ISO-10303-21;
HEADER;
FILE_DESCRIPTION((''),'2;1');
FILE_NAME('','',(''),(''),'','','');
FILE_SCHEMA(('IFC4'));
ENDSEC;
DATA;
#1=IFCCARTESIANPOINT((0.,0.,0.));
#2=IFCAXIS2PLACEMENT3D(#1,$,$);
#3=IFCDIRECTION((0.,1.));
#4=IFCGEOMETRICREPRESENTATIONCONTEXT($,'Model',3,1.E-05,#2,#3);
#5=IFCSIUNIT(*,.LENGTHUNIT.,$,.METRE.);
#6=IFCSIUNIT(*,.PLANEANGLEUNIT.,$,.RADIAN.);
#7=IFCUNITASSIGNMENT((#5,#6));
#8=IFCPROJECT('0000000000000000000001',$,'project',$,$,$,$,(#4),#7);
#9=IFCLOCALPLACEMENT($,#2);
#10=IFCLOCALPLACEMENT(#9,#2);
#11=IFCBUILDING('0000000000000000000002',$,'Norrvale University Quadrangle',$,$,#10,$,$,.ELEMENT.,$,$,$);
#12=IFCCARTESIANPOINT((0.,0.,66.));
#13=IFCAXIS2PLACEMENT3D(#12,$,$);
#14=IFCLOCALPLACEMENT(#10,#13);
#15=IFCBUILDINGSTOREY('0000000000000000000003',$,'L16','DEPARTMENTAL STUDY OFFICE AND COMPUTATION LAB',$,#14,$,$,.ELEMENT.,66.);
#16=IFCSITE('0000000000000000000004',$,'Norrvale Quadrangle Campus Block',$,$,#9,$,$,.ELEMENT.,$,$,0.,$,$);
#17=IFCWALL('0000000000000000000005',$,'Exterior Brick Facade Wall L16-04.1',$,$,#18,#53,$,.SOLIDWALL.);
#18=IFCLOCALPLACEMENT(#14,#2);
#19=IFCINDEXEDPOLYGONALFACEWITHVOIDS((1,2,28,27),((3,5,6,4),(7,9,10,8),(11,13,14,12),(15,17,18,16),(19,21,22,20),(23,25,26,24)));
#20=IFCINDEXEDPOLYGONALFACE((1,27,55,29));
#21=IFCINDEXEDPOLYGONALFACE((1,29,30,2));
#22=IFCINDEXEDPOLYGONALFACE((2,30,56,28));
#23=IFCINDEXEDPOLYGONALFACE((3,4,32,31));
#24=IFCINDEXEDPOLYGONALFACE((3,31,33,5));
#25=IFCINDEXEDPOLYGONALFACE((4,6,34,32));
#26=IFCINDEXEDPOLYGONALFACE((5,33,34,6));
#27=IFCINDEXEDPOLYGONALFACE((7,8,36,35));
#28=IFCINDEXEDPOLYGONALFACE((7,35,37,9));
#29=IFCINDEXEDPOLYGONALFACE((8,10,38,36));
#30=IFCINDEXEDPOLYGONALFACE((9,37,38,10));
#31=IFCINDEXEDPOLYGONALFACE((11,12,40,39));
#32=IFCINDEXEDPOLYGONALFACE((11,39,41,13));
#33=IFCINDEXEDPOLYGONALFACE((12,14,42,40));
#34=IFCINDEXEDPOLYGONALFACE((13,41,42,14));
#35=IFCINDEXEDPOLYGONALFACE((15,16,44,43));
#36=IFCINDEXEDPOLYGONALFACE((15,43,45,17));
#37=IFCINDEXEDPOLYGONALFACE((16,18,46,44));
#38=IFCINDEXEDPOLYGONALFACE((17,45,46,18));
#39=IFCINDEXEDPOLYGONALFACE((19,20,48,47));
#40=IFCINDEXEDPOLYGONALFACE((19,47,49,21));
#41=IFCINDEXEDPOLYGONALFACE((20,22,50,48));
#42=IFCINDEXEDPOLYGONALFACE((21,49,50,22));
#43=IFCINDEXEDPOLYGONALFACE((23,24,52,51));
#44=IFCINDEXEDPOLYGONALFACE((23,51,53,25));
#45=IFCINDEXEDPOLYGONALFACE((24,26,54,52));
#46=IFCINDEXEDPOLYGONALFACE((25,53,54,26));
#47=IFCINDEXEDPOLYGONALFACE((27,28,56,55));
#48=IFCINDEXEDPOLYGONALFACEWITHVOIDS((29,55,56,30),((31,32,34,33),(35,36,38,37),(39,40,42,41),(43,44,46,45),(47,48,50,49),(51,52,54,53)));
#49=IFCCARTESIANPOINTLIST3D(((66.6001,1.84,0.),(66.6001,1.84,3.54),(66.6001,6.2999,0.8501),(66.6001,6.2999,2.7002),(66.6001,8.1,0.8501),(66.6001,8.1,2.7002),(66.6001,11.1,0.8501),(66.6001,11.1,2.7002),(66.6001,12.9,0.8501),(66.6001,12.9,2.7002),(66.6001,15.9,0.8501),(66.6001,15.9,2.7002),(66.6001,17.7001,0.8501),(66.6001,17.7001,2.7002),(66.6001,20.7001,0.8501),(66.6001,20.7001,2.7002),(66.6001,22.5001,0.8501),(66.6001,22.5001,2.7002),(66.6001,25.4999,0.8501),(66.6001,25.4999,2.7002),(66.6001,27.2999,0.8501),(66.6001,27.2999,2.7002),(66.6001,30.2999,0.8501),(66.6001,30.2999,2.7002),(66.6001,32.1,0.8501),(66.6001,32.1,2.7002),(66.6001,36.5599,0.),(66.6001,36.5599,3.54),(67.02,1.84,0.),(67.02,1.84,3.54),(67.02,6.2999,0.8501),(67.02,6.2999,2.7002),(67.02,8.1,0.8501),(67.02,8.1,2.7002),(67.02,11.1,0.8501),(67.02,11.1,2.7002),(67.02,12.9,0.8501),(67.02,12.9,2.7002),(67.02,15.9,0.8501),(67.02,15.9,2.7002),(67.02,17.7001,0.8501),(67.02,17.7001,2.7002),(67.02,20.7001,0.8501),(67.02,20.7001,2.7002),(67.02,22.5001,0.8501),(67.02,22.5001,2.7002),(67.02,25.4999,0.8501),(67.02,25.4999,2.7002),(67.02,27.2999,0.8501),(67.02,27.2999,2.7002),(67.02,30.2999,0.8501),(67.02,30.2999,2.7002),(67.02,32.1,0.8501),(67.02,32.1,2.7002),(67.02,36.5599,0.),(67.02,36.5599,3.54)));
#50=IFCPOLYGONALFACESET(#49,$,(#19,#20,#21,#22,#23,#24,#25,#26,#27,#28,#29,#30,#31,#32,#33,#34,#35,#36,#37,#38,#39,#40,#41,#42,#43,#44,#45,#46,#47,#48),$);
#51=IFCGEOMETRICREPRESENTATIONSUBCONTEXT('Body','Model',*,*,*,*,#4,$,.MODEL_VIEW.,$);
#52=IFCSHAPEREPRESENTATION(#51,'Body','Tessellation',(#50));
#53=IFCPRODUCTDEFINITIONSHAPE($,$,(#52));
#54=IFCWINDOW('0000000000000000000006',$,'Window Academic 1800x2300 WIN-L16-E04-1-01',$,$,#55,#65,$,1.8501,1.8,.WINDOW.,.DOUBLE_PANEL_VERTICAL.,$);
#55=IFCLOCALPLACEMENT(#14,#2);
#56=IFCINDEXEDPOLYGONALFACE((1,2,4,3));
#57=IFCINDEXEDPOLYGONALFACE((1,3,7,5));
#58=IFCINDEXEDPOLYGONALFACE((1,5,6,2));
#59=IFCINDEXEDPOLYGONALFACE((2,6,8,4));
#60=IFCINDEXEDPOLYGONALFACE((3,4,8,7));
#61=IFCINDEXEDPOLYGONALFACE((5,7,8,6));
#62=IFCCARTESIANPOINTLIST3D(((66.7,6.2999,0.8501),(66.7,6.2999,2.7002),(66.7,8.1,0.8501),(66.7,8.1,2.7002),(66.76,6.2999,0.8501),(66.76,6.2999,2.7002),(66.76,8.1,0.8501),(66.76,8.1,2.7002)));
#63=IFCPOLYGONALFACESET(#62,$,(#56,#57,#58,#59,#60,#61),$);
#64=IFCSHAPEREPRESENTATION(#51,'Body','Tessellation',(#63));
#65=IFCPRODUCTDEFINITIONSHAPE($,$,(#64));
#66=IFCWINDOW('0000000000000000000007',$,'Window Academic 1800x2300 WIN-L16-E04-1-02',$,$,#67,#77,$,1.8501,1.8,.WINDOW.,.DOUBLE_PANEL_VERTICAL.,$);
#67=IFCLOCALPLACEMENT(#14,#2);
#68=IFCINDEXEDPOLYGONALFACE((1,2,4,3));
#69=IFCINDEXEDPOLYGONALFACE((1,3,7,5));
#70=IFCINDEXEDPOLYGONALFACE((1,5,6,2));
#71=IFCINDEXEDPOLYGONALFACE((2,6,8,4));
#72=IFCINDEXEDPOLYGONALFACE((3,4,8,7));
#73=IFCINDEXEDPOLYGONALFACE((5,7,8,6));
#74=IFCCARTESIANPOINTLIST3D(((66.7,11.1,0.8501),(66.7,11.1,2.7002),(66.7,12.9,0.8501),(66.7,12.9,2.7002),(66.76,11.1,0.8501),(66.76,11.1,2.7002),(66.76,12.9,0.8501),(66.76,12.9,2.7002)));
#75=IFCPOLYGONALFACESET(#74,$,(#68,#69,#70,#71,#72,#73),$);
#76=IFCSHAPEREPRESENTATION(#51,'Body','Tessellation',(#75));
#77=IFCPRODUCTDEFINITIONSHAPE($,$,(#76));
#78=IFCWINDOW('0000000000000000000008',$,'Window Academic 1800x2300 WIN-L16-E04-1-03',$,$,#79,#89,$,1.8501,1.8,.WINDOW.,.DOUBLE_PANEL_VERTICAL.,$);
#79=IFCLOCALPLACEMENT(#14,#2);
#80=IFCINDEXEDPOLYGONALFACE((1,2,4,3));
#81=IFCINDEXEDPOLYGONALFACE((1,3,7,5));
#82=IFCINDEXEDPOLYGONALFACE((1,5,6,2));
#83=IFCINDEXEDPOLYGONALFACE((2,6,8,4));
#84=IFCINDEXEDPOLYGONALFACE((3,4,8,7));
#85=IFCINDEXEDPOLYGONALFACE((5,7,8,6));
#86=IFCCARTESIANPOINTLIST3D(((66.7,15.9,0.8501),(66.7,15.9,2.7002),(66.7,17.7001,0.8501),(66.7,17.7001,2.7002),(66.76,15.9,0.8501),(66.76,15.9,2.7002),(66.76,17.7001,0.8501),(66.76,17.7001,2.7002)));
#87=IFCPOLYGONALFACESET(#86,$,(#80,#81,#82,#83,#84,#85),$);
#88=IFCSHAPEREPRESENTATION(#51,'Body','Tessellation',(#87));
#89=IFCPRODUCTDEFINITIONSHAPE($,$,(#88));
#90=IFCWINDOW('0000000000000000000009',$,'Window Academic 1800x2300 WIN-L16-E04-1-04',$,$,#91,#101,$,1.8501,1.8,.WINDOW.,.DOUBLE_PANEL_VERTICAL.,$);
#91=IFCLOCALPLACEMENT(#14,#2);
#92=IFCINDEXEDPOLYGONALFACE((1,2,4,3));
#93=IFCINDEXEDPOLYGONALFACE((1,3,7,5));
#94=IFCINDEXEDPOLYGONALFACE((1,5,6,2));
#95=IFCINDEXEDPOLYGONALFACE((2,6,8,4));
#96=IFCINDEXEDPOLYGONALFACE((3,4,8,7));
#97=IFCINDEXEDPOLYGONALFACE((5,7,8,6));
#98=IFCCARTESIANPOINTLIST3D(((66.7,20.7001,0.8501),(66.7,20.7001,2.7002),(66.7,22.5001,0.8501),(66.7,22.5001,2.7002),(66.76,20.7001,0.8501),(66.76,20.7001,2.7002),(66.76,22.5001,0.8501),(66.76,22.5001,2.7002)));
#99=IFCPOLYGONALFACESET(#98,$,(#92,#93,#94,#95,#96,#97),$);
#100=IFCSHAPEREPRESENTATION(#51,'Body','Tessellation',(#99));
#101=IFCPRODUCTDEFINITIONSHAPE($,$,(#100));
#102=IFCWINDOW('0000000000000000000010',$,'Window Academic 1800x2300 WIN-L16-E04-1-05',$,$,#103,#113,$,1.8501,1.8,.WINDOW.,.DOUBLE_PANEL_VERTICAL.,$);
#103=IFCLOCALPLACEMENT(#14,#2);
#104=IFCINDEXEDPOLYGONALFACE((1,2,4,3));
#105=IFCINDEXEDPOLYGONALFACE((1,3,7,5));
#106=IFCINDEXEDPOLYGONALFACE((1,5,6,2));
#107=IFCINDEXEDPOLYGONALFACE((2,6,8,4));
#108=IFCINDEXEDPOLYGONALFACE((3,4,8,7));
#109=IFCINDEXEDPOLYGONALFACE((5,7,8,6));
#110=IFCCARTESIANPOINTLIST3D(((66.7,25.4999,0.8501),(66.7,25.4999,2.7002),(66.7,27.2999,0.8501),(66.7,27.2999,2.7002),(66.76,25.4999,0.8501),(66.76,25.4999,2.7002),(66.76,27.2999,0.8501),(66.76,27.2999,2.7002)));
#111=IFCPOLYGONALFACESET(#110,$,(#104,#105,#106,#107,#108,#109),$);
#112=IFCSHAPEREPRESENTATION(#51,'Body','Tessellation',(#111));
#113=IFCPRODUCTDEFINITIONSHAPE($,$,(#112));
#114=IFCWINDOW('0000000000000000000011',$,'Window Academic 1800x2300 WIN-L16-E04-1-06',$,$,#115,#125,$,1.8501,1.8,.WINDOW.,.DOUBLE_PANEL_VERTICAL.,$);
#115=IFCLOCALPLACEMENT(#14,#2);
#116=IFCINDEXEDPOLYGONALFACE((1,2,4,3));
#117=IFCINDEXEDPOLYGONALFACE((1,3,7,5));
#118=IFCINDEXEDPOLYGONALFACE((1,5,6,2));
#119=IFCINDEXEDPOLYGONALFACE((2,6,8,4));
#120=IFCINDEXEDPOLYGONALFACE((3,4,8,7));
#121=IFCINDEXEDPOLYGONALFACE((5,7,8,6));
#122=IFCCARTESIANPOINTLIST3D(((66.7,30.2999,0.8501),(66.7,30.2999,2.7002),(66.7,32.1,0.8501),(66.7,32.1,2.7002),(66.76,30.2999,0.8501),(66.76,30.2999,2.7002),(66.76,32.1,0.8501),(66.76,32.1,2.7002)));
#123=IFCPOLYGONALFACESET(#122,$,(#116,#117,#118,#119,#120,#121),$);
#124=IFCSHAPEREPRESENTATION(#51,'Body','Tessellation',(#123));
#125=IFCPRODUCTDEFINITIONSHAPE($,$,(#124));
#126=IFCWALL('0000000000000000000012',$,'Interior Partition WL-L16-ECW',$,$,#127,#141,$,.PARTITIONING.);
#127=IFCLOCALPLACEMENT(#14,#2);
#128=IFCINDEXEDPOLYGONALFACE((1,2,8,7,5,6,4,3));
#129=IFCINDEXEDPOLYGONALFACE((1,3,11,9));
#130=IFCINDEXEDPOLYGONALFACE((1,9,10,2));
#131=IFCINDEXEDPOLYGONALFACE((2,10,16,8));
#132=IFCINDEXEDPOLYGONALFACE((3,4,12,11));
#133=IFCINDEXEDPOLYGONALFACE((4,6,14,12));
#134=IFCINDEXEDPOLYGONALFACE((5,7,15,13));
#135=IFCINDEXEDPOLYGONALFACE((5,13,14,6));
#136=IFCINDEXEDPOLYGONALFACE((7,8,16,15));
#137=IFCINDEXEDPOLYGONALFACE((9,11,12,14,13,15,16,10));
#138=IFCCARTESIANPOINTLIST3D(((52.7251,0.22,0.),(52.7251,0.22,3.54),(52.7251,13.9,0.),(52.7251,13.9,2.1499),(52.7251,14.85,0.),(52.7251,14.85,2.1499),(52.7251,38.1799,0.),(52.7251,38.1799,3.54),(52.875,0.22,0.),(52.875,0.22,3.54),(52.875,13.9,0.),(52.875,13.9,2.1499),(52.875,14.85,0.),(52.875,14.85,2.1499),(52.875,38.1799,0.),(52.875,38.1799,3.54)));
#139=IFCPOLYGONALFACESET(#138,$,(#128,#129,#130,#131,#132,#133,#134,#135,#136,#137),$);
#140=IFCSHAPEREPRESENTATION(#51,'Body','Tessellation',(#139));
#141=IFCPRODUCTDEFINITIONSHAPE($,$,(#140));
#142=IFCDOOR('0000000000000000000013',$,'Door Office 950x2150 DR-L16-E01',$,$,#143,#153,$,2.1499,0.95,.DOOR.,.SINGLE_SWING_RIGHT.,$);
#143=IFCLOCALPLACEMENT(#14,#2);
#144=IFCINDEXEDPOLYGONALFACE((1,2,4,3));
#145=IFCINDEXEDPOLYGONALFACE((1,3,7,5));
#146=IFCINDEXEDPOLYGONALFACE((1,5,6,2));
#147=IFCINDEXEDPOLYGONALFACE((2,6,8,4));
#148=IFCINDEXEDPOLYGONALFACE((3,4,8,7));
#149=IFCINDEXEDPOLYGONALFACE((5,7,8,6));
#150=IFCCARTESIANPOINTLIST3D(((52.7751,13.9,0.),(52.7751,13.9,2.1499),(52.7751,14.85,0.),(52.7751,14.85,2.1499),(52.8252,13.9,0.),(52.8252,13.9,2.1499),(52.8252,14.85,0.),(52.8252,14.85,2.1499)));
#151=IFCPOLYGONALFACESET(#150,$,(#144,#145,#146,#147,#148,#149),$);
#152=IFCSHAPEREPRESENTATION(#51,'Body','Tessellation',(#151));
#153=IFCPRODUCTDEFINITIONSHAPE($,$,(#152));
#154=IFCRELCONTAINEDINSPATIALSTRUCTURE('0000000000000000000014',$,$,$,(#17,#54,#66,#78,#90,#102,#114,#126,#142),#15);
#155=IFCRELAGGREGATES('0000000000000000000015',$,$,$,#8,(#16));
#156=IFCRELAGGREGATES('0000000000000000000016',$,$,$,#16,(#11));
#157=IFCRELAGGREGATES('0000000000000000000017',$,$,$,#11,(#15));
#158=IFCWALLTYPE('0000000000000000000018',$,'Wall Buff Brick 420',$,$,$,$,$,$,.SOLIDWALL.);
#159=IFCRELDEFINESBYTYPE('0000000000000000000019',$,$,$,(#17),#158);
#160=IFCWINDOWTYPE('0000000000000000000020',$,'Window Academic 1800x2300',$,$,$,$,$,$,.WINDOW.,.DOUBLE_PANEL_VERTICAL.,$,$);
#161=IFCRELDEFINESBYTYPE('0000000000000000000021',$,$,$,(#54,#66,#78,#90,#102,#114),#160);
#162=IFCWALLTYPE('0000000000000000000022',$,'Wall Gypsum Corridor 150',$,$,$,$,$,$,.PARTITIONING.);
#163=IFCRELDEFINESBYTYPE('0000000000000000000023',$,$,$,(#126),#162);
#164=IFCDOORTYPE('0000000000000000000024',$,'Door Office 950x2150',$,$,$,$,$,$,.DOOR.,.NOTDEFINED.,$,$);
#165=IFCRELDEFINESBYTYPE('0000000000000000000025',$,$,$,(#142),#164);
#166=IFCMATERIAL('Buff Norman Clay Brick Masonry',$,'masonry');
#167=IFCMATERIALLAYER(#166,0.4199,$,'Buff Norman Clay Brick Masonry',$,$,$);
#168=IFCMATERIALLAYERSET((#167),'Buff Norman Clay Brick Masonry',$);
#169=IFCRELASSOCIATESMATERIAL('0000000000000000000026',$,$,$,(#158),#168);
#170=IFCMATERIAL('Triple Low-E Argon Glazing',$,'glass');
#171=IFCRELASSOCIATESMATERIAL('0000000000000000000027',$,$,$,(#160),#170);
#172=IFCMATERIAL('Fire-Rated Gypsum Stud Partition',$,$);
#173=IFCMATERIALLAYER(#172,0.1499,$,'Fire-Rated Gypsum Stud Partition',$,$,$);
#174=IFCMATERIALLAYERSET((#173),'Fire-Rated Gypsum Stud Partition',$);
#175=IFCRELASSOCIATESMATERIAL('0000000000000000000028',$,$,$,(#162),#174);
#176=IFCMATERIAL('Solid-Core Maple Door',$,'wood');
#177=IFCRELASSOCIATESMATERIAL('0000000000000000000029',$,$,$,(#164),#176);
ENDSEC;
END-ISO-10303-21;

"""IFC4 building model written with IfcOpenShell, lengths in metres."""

from ifc_helpers import new_model, si_unit, direction, frame, frame_2d, origin, place, context, subcontext, project, spatial, rectangle, extrude, material, layer, layer_set, type_object, element, fill, save


model = new_model("IFC4")

# Units and contexts
model_context = context("Model", 3, precision=1e-05, world=origin(), true_north=direction((0.0, 1.0)))
body_context = subcontext(model_context, "Body", "Model", "MODEL_VIEW")
ifc_project = project(units=[si_unit("LENGTHUNIT", "METRE"), si_unit("PLANEANGLEUNIT", "RADIAN")], contexts=[model_context])

# Site, building, storey
site_placement = place(None, origin())
site = spatial("IfcSite", under=ifc_project, at=site_placement, Name="Norrvale Quadrangle Campus Block", CompositionType="ELEMENT", RefElevation=0.0)
building_placement = place(site_placement, origin())
building = spatial("IfcBuilding", under=site, at=building_placement, Name="Norrvale University Quadrangle", CompositionType="ELEMENT")
storey_placement = place(building_placement, frame((0.0, 0.0, 66.0)))
storey = spatial("IfcBuildingStorey", under=building, at=storey_placement, Name="L16", Description="DEPARTMENTAL STUDY OFFICE AND COMPUTATION LAB", CompositionType="ELEMENT", Elevation=66.0)

# Shared definitions
ifc_material_1 = material(Name="Buff Norman Clay Brick Masonry", Category="masonry")
ifc_layer_1 = layer(ifc_material_1, 0.4199, Name="Buff Norman Clay Brick Masonry")
ifc_layer_set_1 = layer_set([ifc_layer_1], Name="Buff Norman Clay Brick Masonry")
wall_type_1 = type_object("IfcWallType", Name="Wall Buff Brick 420", PredefinedType="SOLIDWALL", material=ifc_layer_set_1)

# Wall, openings, windows
wall_1_placement = place(storey_placement, frame((66.8101, 1.8401, 0.0), z_axis=(0.0, 0.0, 1.0), x_axis=(0.0, 1.0, 0.0)))
wall_1 = element("IfcWall", 1, at=wall_1_placement, inside=storey, type_object=wall_type_1, Name="Exterior Brick Facade Wall L16-04.1", PredefinedType="SOLIDWALL", context=body_context, shape_type="SweptSolid", body=[
    extrude(rectangle(XDim=34.72, YDim=0.4199, at=frame_2d((17.3599, 0.0))), origin(), (0.0, 0.0, 1.0), 3.54),
])
opening_1_placement = place(wall_1_placement, frame((4.46, 0.0, 0.8501)))
opening_1 = element("IfcOpeningElement", 2, at=opening_1_placement, cuts=wall_1, PredefinedType="OPENING", context=body_context, shape_type="SweptSolid", body=[
    extrude(rectangle(XDim=1.8, YDim=1.8501, at=frame_2d((0.8999, 0.925))), frame((0.0, 0.2219, 0.0), z_axis=(0.0, -1.0, 0.0), x_axis=(1.0, 0.0, 0.0)), (0.0, 0.0, 1.0), 0.4438),
])
opening_2_placement = place(wall_1_placement, frame((9.26, 0.0, 0.8501)))
opening_2 = element("IfcOpeningElement", 3, at=opening_2_placement, cuts=wall_1, PredefinedType="OPENING", context=body_context, shape_type="SweptSolid", body=[
    extrude(rectangle(XDim=1.8, YDim=1.8501, at=frame_2d((0.8999, 0.925))), frame((0.0, 0.2219, 0.0), z_axis=(0.0, -1.0, 0.0), x_axis=(1.0, 0.0, 0.0)), (0.0, 0.0, 1.0), 0.4438),
])
opening_3_placement = place(wall_1_placement, frame((14.0601, 0.0, 0.8501)))
opening_3 = element("IfcOpeningElement", 4, at=opening_3_placement, cuts=wall_1, PredefinedType="OPENING", context=body_context, shape_type="SweptSolid", body=[
    extrude(rectangle(XDim=1.8, YDim=1.8501, at=frame_2d((0.8999, 0.925))), frame((0.0, 0.2219, 0.0), z_axis=(0.0, -1.0, 0.0), x_axis=(1.0, 0.0, 0.0)), (0.0, 0.0, 1.0), 0.4438),
])
opening_4_placement = place(wall_1_placement, frame((18.8601, 0.0, 0.8501)))
opening_4 = element("IfcOpeningElement", 5, at=opening_4_placement, cuts=wall_1, PredefinedType="OPENING", context=body_context, shape_type="SweptSolid", body=[
    extrude(rectangle(XDim=1.8, YDim=1.8501, at=frame_2d((0.8999, 0.925))), frame((0.0, 0.2219, 0.0), z_axis=(0.0, -1.0, 0.0), x_axis=(1.0, 0.0, 0.0)), (0.0, 0.0, 1.0), 0.4438),
])
opening_5_placement = place(wall_1_placement, frame((23.6599, 0.0, 0.8501)))
opening_5 = element("IfcOpeningElement", 6, at=opening_5_placement, cuts=wall_1, PredefinedType="OPENING", context=body_context, shape_type="SweptSolid", body=[
    extrude(rectangle(XDim=1.8, YDim=1.8501, at=frame_2d((0.8999, 0.925))), frame((0.0, 0.2219, 0.0), z_axis=(0.0, -1.0, 0.0), x_axis=(1.0, 0.0, 0.0)), (0.0, 0.0, 1.0), 0.4438),
])
opening_6_placement = place(wall_1_placement, frame((28.46, 0.0, 0.8501)))
opening_6 = element("IfcOpeningElement", 7, at=opening_6_placement, cuts=wall_1, PredefinedType="OPENING", context=body_context, shape_type="SweptSolid", body=[
    extrude(rectangle(XDim=1.8, YDim=1.8501, at=frame_2d((0.8999, 0.925))), frame((0.0, 0.2219, 0.0), z_axis=(0.0, -1.0, 0.0), x_axis=(1.0, 0.0, 0.0)), (0.0, 0.0, 1.0), 0.4438),
])
ifc_material_2 = material(Name="Triple Low-E Argon Glazing", Category="glass")
window_type = type_object("IfcWindowType", Name="Window Academic 1800x2300", PartitioningType="DOUBLE_PANEL_VERTICAL", PredefinedType="WINDOW", material=ifc_material_2)
window_1_placement = place(opening_1_placement, origin())
window_1 = element("IfcWindow", 8, at=window_1_placement, inside=storey, type_object=window_type, Name="Window Academic 1800x2300 WIN-L16-E04-1-01", OverallHeight=1.8501, OverallWidth=1.8, PartitioningType="DOUBLE_PANEL_VERTICAL", PredefinedType="WINDOW", context=body_context, shape_type="SweptSolid", body=[
    extrude(rectangle(XDim=1.8, YDim=1.8501, at=frame_2d((0.8999, 0.925))), frame((0.0, 0.1101, 0.0), z_axis=(0.0, -1.0, 0.0), x_axis=(1.0, 0.0, 0.0)), (0.0, 0.0, 1.0), 0.0601),
])
fill(opening_1, window_1)
window_2_placement = place(opening_2_placement, origin())
window_2 = element("IfcWindow", 9, at=window_2_placement, inside=storey, type_object=window_type, Name="Window Academic 1800x2300 WIN-L16-E04-1-02", OverallHeight=1.8501, OverallWidth=1.8, PartitioningType="DOUBLE_PANEL_VERTICAL", PredefinedType="WINDOW", context=body_context, shape_type="SweptSolid", body=[
    extrude(rectangle(XDim=1.8, YDim=1.8501, at=frame_2d((0.8999, 0.925))), frame((0.0, 0.1101, 0.0), z_axis=(0.0, -1.0, 0.0), x_axis=(1.0, 0.0, 0.0)), (0.0, 0.0, 1.0), 0.0601),
])
fill(opening_2, window_2)
window_3_placement = place(opening_3_placement, origin())
window_3 = element("IfcWindow", 10, at=window_3_placement, inside=storey, type_object=window_type, Name="Window Academic 1800x2300 WIN-L16-E04-1-03", OverallHeight=1.8501, OverallWidth=1.8, PartitioningType="DOUBLE_PANEL_VERTICAL", PredefinedType="WINDOW", context=body_context, shape_type="SweptSolid", body=[
    extrude(rectangle(XDim=1.8, YDim=1.8501, at=frame_2d((0.8999, 0.925))), frame((0.0, 0.1101, 0.0), z_axis=(0.0, -1.0, 0.0), x_axis=(1.0, 0.0, 0.0)), (0.0, 0.0, 1.0), 0.0601),
])
fill(opening_3, window_3)
window_4_placement = place(opening_4_placement, origin())
window_4 = element("IfcWindow", 11, at=window_4_placement, inside=storey, type_object=window_type, Name="Window Academic 1800x2300 WIN-L16-E04-1-04", OverallHeight=1.8501, OverallWidth=1.8, PartitioningType="DOUBLE_PANEL_VERTICAL", PredefinedType="WINDOW", context=body_context, shape_type="SweptSolid", body=[
    extrude(rectangle(XDim=1.8, YDim=1.8501, at=frame_2d((0.8999, 0.925))), frame((0.0, 0.1101, 0.0), z_axis=(0.0, -1.0, 0.0), x_axis=(1.0, 0.0, 0.0)), (0.0, 0.0, 1.0), 0.0601),
])
fill(opening_4, window_4)
window_5_placement = place(opening_5_placement, origin())
window_5 = element("IfcWindow", 12, at=window_5_placement, inside=storey, type_object=window_type, Name="Window Academic 1800x2300 WIN-L16-E04-1-05", OverallHeight=1.8501, OverallWidth=1.8, PartitioningType="DOUBLE_PANEL_VERTICAL", PredefinedType="WINDOW", context=body_context, shape_type="SweptSolid", body=[
    extrude(rectangle(XDim=1.8, YDim=1.8501, at=frame_2d((0.8999, 0.925))), frame((0.0, 0.1101, 0.0), z_axis=(0.0, -1.0, 0.0), x_axis=(1.0, 0.0, 0.0)), (0.0, 0.0, 1.0), 0.0601),
])
fill(opening_5, window_5)
window_6_placement = place(opening_6_placement, origin())
window_6 = element("IfcWindow", 13, at=window_6_placement, inside=storey, type_object=window_type, Name="Window Academic 1800x2300 WIN-L16-E04-1-06", OverallHeight=1.8501, OverallWidth=1.8, PartitioningType="DOUBLE_PANEL_VERTICAL", PredefinedType="WINDOW", context=body_context, shape_type="SweptSolid", body=[
    extrude(rectangle(XDim=1.8, YDim=1.8501, at=frame_2d((0.8999, 0.925))), frame((0.0, 0.1101, 0.0), z_axis=(0.0, -1.0, 0.0), x_axis=(1.0, 0.0, 0.0)), (0.0, 0.0, 1.0), 0.0601),
])
fill(opening_6, window_6)

# Wall, opening, door
ifc_material_3 = material(Name="Fire-Rated Gypsum Stud Partition")
ifc_layer_2 = layer(ifc_material_3, 0.1499, Name="Fire-Rated Gypsum Stud Partition")
ifc_layer_set_2 = layer_set([ifc_layer_2], Name="Fire-Rated Gypsum Stud Partition")
wall_type_2 = type_object("IfcWallType", Name="Wall Gypsum Corridor 150", PredefinedType="PARTITIONING", material=ifc_layer_set_2)
wall_2_placement = place(storey_placement, frame((52.8, 0.22, 0.0), z_axis=(0.0, 0.0, 1.0), x_axis=(0.0, 1.0, 0.0)))
wall_2 = element("IfcWall", 14, at=wall_2_placement, inside=storey, type_object=wall_type_2, Name="Interior Partition WL-L16-ECW", PredefinedType="PARTITIONING", context=body_context, shape_type="SweptSolid", body=[
    extrude(rectangle(XDim=37.96, YDim=0.1499, at=frame_2d((18.98, 0.0))), origin(), (0.0, 0.0, 1.0), 3.54),
])
opening_7_placement = place(wall_2_placement, frame((13.6799, 0.0, 0.0)))
opening_7 = element("IfcOpeningElement", 15, at=opening_7_placement, cuts=wall_2, PredefinedType="OPENING", context=body_context, shape_type="SweptSolid", body=[
    extrude(rectangle(XDim=0.95, YDim=2.1499, at=frame_2d((0.4751, 1.075))), frame((0.0, 0.0869, 0.0), z_axis=(0.0, -1.0, 0.0), x_axis=(1.0, 0.0, 0.0)), (0.0, 0.0, 1.0), 0.1738),
])
ifc_material_4 = material(Name="Solid-Core Maple Door", Category="wood")
door_type = type_object("IfcDoorType", Name="Door Office 950x2150", OperationType="NOTDEFINED", PredefinedType="DOOR", material=ifc_material_4)
door_placement = place(opening_7_placement, origin())
door = element("IfcDoor", 16, at=door_placement, inside=storey, type_object=door_type, Name="Door Office 950x2150 DR-L16-E01", OperationType="SINGLE_SWING_RIGHT", OverallHeight=2.1499, OverallWidth=0.95, PredefinedType="DOOR", context=body_context, shape_type="SweptSolid", body=[
    extrude(rectangle(XDim=0.95, YDim=2.1499, at=frame_2d((0.4751, 1.075))), frame((0.0, 0.0249, 0.0), z_axis=(0.0, -1.0, 0.0), x_axis=(1.0, 0.0, 0.0)), (0.0, 0.0, 1.0), 0.05),
])
fill(opening_7, door)

save(model, "model.ifc")
